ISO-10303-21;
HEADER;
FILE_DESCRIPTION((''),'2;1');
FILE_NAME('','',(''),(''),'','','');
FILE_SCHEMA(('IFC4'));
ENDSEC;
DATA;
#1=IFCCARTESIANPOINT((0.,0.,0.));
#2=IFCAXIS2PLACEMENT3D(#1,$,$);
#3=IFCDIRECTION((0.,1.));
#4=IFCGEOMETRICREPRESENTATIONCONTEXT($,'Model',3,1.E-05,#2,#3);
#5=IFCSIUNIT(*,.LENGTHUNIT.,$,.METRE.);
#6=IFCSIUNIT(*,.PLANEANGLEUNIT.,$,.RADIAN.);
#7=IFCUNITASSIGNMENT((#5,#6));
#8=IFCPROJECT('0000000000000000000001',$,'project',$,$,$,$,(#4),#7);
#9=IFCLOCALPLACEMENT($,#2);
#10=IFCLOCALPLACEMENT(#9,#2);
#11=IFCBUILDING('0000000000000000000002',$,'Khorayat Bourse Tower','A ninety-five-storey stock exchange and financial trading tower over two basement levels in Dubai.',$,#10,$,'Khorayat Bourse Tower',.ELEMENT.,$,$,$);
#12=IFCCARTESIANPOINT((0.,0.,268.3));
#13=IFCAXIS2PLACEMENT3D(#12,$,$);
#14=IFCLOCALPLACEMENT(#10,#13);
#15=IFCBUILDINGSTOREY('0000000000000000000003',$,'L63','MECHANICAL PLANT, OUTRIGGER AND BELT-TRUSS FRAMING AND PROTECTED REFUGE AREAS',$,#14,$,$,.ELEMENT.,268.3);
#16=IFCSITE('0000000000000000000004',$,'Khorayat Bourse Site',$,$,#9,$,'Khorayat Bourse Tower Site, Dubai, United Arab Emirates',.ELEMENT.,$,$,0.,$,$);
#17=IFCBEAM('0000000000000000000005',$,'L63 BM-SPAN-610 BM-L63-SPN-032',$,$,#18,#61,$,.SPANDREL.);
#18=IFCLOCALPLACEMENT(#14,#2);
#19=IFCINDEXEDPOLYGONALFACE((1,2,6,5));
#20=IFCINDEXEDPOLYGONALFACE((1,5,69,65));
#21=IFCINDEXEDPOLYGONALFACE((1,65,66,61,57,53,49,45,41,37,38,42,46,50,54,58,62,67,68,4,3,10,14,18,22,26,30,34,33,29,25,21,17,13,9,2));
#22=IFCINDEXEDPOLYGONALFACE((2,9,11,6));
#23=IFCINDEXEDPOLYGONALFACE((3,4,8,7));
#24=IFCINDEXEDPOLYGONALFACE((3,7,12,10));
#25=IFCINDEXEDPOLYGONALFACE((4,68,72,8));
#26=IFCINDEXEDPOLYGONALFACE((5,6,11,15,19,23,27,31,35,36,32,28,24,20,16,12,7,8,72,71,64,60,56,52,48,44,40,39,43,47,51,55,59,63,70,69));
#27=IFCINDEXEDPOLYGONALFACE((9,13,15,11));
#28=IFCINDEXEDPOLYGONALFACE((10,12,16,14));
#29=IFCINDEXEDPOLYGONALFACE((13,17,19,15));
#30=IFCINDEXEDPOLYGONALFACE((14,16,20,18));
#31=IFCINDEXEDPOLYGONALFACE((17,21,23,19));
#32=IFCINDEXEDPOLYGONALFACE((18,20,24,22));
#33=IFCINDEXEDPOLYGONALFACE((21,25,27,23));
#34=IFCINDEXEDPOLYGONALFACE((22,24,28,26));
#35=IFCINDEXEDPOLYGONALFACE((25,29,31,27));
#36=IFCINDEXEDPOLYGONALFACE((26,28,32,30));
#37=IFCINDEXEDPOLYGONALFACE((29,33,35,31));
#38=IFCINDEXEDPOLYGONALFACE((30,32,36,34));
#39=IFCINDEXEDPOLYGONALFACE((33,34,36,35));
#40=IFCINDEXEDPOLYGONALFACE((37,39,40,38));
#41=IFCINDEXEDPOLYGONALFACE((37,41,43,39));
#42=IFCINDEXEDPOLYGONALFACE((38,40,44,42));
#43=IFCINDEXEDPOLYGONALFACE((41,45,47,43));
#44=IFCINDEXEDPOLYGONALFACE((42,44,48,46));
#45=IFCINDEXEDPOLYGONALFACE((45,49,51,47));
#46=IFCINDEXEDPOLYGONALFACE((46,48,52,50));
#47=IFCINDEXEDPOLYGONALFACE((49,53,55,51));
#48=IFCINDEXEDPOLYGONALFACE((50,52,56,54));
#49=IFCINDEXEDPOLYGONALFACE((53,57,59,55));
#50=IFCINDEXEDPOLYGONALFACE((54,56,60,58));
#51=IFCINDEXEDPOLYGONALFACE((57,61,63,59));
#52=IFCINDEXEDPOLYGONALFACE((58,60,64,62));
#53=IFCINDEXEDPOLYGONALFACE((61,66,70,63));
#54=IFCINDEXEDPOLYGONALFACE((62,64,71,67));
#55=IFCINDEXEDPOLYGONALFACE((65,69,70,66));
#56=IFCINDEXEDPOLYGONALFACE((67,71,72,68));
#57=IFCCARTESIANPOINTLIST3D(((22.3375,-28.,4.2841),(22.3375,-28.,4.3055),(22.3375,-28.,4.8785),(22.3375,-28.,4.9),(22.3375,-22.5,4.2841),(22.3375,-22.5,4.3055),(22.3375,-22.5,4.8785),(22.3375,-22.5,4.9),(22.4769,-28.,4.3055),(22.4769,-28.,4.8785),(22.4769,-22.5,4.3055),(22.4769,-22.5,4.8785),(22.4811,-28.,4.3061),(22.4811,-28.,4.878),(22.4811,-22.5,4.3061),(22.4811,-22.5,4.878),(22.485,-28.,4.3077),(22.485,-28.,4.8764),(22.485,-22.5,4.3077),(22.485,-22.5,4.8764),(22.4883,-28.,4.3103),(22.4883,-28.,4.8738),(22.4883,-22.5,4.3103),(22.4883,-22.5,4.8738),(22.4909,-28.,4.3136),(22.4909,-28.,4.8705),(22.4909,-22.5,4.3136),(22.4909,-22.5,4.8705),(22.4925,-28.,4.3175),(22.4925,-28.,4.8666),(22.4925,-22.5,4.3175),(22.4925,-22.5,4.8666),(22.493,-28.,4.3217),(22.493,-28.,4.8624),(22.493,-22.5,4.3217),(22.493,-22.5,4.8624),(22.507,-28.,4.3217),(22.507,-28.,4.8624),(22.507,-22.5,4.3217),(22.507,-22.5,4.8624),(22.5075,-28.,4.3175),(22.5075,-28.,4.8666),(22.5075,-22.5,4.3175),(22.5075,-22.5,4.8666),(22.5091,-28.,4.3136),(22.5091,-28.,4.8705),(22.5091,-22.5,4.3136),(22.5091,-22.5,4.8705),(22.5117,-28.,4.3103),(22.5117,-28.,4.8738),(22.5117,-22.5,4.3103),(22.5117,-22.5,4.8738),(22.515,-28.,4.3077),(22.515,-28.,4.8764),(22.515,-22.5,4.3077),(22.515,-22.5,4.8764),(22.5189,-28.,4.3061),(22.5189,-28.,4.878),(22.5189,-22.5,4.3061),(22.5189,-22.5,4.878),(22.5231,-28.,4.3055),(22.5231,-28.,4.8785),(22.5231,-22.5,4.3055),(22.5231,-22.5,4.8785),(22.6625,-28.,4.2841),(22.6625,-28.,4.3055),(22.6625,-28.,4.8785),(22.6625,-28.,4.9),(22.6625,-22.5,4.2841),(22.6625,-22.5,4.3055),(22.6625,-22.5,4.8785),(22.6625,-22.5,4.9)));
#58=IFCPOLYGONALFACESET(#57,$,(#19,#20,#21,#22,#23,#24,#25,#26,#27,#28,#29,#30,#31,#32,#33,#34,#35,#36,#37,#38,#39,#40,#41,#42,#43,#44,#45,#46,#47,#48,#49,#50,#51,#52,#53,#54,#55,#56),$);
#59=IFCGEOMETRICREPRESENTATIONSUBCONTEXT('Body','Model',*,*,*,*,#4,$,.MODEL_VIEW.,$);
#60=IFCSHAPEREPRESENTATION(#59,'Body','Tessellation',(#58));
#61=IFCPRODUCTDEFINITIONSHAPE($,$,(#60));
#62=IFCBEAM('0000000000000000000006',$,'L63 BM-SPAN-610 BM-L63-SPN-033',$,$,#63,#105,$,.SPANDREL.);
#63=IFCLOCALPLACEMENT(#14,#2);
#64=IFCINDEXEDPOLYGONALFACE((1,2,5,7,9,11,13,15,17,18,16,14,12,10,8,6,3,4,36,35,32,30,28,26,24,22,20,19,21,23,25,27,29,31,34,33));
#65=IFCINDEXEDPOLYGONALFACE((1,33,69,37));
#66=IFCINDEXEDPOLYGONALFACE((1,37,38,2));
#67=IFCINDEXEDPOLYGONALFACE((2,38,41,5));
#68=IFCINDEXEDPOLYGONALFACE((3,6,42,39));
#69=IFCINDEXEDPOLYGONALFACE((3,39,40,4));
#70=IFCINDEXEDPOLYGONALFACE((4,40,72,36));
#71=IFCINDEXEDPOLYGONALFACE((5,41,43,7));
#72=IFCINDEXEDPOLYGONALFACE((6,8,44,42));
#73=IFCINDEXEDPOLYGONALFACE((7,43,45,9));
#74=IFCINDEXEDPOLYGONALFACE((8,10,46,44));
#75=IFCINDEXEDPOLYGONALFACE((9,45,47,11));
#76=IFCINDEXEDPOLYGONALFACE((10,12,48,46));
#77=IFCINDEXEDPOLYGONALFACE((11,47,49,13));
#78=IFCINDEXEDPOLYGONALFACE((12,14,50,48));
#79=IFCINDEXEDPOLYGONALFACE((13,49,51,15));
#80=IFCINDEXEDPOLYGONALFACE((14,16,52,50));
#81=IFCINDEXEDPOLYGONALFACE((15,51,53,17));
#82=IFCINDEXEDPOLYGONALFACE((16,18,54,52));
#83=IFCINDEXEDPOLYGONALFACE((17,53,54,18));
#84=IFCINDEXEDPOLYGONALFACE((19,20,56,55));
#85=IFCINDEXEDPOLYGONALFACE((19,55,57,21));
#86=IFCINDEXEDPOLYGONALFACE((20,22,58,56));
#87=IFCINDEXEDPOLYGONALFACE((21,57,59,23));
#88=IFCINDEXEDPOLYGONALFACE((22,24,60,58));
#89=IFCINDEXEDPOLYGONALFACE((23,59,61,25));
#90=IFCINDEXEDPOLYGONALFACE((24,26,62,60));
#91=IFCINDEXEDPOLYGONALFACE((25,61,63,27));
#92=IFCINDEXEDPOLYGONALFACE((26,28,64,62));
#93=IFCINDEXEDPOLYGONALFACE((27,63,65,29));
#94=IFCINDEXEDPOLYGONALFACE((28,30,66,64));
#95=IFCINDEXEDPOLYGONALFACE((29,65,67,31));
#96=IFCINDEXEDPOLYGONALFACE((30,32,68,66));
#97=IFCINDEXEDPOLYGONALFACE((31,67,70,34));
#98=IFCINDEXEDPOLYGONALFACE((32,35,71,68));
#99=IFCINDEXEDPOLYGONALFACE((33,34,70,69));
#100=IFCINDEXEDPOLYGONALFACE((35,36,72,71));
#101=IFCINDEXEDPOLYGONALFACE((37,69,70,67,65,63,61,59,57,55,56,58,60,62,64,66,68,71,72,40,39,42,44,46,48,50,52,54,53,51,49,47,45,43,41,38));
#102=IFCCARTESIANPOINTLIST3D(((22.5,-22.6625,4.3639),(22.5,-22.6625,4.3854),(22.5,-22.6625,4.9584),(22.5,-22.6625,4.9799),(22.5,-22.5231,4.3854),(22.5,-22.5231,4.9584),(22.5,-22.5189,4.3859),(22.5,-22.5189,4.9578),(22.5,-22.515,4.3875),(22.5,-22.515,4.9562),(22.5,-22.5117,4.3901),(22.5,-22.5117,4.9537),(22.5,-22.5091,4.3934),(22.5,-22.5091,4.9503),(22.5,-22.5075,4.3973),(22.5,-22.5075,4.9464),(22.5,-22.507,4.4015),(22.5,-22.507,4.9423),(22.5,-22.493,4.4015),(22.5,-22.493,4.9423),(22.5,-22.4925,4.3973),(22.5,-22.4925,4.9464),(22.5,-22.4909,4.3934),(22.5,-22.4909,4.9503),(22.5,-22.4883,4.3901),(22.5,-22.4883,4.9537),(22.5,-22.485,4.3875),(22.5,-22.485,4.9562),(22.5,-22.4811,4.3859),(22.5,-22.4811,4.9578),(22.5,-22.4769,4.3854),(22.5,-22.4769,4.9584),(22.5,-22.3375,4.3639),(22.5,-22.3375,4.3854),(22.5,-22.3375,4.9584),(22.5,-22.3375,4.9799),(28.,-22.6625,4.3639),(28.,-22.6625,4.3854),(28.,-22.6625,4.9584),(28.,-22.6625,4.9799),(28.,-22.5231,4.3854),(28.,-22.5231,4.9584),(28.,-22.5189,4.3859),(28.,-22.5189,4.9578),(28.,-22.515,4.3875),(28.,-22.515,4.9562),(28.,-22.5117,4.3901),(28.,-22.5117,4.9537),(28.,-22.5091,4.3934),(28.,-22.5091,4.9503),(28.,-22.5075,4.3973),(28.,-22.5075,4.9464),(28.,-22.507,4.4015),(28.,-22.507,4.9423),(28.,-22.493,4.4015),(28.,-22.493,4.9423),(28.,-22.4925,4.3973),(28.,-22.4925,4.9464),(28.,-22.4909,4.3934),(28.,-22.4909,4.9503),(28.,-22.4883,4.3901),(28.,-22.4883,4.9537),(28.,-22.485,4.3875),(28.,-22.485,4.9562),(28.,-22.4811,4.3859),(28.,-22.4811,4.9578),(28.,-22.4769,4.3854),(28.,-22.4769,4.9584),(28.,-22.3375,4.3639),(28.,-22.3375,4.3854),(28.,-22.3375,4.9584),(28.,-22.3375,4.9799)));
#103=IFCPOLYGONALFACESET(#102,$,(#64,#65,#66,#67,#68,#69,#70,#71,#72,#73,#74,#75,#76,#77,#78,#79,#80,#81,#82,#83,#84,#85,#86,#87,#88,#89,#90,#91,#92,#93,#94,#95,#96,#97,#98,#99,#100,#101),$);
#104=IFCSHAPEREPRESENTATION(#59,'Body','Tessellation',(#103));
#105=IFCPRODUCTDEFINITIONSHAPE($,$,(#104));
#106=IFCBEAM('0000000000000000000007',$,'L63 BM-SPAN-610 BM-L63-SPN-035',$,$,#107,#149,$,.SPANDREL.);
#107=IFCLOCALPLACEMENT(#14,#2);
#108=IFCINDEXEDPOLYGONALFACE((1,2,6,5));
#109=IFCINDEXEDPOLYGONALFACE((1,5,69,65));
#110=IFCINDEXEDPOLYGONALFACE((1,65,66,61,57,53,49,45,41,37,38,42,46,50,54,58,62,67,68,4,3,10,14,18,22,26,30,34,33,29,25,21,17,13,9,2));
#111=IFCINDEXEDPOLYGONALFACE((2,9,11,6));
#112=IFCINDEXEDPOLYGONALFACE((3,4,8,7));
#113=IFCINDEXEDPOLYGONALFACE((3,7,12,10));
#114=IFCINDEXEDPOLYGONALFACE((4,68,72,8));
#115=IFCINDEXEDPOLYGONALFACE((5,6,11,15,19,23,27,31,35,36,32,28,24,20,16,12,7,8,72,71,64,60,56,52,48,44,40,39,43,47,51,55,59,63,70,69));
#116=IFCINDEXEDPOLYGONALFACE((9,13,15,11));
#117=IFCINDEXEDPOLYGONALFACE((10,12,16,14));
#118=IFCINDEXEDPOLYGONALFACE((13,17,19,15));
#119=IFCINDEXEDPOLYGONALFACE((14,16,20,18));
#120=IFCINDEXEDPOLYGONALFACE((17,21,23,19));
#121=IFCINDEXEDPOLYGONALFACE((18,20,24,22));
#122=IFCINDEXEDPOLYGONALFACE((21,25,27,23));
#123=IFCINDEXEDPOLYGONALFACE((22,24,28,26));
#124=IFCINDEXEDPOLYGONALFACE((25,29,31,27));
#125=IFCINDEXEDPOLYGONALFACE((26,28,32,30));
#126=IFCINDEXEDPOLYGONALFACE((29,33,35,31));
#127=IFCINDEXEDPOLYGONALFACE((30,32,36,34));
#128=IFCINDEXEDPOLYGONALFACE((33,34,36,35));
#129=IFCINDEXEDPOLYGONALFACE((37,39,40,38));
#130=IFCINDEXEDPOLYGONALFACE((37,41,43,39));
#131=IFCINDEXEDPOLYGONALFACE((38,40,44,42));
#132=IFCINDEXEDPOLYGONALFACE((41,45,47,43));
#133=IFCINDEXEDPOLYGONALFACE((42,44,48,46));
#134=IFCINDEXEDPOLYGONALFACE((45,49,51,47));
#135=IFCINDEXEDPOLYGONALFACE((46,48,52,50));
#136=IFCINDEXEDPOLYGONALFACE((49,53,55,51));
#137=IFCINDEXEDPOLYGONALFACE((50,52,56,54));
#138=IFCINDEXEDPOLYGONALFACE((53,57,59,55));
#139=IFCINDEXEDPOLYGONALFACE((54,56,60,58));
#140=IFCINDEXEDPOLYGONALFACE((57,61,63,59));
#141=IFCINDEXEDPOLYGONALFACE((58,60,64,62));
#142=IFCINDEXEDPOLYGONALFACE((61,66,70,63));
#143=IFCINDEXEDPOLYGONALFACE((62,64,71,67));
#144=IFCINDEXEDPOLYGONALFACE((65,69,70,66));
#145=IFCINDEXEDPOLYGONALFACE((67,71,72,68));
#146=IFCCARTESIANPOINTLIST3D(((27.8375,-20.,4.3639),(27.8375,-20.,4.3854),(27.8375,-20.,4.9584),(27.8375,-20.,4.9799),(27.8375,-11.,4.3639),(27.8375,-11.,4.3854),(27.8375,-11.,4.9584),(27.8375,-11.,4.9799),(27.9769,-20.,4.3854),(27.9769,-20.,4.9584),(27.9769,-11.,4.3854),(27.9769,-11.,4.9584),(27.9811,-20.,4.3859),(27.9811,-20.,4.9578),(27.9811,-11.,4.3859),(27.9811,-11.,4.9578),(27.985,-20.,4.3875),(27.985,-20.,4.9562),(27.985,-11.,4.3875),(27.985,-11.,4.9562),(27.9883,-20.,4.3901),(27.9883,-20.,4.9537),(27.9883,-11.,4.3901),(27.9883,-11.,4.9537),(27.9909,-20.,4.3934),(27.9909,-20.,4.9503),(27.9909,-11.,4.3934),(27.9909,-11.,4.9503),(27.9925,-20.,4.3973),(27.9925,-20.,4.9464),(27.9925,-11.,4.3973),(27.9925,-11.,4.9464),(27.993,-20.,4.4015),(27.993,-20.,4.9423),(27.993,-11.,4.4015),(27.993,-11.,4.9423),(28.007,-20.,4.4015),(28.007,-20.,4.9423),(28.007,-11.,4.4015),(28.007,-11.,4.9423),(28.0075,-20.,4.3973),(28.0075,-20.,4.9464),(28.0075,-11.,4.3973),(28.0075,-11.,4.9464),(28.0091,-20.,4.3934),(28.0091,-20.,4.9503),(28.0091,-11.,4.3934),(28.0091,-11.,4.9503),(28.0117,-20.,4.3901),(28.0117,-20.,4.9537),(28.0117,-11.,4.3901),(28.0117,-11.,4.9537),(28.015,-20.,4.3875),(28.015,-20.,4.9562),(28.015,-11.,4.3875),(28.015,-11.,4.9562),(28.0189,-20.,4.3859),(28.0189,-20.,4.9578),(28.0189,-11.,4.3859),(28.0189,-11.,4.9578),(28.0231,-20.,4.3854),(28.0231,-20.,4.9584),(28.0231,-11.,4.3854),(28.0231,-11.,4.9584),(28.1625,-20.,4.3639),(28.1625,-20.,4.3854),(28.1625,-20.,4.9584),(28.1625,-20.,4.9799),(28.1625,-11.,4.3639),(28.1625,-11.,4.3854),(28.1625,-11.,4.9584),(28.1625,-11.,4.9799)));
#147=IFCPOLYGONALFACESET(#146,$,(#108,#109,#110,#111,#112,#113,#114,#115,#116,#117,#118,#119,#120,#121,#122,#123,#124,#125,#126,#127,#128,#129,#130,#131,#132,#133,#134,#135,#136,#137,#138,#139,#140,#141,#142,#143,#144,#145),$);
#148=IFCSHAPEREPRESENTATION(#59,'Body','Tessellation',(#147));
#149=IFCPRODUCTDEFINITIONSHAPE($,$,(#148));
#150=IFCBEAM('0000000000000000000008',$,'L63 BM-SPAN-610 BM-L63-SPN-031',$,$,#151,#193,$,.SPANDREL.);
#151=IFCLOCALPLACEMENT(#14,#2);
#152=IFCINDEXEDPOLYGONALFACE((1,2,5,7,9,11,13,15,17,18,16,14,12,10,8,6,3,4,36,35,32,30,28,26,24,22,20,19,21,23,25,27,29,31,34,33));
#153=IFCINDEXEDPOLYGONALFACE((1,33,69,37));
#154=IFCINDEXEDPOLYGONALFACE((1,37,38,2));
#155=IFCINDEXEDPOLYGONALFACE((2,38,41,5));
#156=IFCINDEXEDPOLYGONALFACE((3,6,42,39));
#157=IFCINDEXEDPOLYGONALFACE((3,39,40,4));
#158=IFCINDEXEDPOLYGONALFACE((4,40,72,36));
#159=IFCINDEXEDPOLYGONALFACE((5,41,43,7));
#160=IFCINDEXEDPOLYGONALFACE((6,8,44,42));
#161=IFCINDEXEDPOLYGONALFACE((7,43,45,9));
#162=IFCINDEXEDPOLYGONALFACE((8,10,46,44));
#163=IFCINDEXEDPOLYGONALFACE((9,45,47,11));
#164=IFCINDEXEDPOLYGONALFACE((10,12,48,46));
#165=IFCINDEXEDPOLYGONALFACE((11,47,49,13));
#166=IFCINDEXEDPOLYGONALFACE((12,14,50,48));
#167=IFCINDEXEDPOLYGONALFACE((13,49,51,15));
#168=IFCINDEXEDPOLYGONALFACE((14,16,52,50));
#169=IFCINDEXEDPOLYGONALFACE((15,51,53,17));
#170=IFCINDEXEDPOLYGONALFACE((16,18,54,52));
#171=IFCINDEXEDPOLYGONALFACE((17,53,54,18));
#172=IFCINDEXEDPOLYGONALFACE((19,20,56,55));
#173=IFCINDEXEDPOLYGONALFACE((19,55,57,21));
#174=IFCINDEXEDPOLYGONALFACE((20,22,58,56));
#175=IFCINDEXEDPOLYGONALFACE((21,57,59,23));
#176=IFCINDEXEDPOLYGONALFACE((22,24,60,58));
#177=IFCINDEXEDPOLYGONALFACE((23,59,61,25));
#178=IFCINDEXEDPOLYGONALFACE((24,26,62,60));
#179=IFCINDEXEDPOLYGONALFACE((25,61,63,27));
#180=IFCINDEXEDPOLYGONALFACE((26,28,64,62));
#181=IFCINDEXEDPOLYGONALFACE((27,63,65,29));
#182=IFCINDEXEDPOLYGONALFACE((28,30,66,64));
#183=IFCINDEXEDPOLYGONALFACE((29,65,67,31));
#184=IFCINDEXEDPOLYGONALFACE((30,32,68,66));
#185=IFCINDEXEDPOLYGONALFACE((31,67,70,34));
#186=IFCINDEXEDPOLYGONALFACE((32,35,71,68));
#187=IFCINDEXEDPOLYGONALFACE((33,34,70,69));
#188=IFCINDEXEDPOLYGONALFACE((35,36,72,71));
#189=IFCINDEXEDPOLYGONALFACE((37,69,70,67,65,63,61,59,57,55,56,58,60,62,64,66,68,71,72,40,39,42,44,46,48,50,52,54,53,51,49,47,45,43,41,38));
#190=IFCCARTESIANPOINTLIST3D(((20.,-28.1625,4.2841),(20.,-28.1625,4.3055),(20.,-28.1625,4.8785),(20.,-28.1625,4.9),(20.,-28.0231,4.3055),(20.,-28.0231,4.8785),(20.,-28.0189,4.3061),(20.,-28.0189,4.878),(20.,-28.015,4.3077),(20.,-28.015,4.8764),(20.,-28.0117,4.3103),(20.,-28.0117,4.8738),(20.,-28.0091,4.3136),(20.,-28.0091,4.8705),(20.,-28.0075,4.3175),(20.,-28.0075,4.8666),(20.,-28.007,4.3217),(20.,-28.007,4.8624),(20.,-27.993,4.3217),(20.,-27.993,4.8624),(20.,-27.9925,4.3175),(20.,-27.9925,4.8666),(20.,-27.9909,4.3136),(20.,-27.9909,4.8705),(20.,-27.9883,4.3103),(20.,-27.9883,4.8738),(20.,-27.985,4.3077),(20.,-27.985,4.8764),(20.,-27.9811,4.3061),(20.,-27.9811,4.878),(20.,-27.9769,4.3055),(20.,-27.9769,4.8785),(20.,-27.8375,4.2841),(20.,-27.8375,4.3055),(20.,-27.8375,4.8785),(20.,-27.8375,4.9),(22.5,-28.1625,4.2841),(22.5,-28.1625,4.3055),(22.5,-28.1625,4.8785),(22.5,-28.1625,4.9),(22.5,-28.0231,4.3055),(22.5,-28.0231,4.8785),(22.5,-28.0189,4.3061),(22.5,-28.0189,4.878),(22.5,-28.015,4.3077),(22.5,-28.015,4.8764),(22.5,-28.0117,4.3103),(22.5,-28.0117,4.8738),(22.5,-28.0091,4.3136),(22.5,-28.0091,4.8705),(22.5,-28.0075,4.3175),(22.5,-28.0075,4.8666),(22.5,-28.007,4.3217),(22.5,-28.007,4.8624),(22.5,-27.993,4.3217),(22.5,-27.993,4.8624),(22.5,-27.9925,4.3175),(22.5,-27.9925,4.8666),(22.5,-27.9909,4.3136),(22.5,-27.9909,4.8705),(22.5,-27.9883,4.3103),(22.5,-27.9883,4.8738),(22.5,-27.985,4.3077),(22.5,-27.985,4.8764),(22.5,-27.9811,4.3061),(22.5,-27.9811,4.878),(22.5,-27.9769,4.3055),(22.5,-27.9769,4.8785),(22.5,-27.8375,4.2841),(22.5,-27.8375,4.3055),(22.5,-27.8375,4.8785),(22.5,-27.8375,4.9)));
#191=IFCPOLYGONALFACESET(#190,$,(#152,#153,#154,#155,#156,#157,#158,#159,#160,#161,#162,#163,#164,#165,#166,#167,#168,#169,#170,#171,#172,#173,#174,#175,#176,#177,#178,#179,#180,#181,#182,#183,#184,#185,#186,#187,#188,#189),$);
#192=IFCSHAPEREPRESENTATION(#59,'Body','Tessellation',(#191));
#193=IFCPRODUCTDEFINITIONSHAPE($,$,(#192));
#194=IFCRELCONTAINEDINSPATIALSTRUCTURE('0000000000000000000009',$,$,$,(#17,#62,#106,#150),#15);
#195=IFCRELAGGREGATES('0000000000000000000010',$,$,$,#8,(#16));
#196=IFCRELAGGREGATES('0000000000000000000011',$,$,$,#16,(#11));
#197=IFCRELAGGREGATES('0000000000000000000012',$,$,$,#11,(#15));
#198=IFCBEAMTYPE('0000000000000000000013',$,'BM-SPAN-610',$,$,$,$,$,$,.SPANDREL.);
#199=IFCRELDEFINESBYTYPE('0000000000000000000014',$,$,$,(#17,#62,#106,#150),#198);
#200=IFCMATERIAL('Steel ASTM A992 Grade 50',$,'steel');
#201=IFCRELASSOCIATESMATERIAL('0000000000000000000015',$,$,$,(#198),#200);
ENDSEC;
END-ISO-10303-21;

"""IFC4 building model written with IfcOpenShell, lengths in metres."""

from ifc_helpers import new_model, si_unit, direction, frame, origin, origin_2d, place, context, subcontext, project, spatial, i_section, extrude, source, transform, mapped, material, material_profile, profile_set, type_object, element, save


model = new_model("IFC4")

# Units and contexts
model_context = context("Model", 3, precision=1e-05, world=origin(), true_north=direction((0.0, 1.0)))
body_context = subcontext(model_context, "Body", "Model", "MODEL_VIEW")
ifc_project = project(units=[si_unit("LENGTHUNIT", "METRE"), si_unit("PLANEANGLEUNIT", "RADIAN")], contexts=[model_context])

# Site, building, storey
site_placement = place(None, origin())
site = spatial("IfcSite", under=ifc_project, at=site_placement, Name="Khorayat Bourse Site", LongName="Khorayat Bourse Tower Site, Dubai, United Arab Emirates", CompositionType="ELEMENT", RefElevation=0.0)
building_placement = place(site_placement, origin())
building = spatial("IfcBuilding", under=site, at=building_placement, Name="Khorayat Bourse Tower", Description="A ninety-five-storey stock exchange and financial trading tower over two basement levels in Dubai.", LongName="Khorayat Bourse Tower", CompositionType="ELEMENT")
storey_placement = place(building_placement, frame((0.0, 0.0, 268.3)))
storey = spatial("IfcBuildingStorey", under=building, at=storey_placement, Name="L63", Description="MECHANICAL PLANT, OUTRIGGER AND BELT-TRUSS FRAMING AND PROTECTED REFUGE AREAS", CompositionType="ELEMENT", Elevation=268.3)

# Shared definitions
ifc_material_1 = material(Name="Steel ASTM A992 Grade 50", Category="steel")

# Beams
ifc_material_profile_1 = material_profile(ifc_material_1, i_section(OverallWidth=0.325, OverallDepth=0.616, WebThickness=0.0139, FlangeThickness=0.0215, FilletRadius=0.0161, at=origin_2d()), Name="W610X174")
ifc_profile_set_1 = profile_set([ifc_material_profile_1], Name="Steel ASTM A992 Grade 50")
beam_type_1 = type_object("IfcBeamType", Name="BM-SPAN-610", PredefinedType="SPANDREL", material=ifc_profile_set_1)
shared_shape_1 = source(origin(), body_context, "Body", "SweptSolid", [
    extrude(i_section(OverallWidth=0.325, OverallDepth=0.616, WebThickness=0.0139, FlangeThickness=0.0215, FilletRadius=0.0161, at=origin_2d()), origin(), (0.0, 0.0, 1.0), 5.5),
])
for number, where, z_axis, x_axis, name in (
    (1, (22.5, -28.0, 4.592), (0.0, 1.0, 0.0), (-1.0, 0.0, 0.0), "L63 BM-SPAN-610 BM-L63-SPN-032"),
    (2, (22.5, -22.5, 4.6719), (1.0, 0.0, 0.0), (0.0, 1.0, 0.0), "L63 BM-SPAN-610 BM-L63-SPN-033"),
):
    element("IfcBeam", number, at=place(storey_placement, frame(where, z_axis=z_axis, x_axis=x_axis)), inside=storey, type_object=beam_type_1, Name=name, PredefinedType="SPANDREL", context=body_context, shape_type="MappedRepresentation", body=[
        mapped(shared_shape_1, transform((0.0, 0.0, 0.0), scale=1.0)),
    ])
shared_shape_2 = source(origin(), body_context, "Body", "SweptSolid", [
    extrude(i_section(OverallWidth=0.325, OverallDepth=0.616, WebThickness=0.0139, FlangeThickness=0.0215, FilletRadius=0.0161, at=origin_2d()), origin(), (0.0, 0.0, 1.0), 9.0),
])
beam_1_placement = place(storey_placement, frame((28.0, -20.0, 4.6719), z_axis=(0.0, 1.0, 0.0), x_axis=(-1.0, 0.0, 0.0)))
element("IfcBeam", 3, at=beam_1_placement, inside=storey, type_object=beam_type_1, Name="L63 BM-SPAN-610 BM-L63-SPN-035", PredefinedType="SPANDREL", context=body_context, shape_type="MappedRepresentation", body=[
    mapped(shared_shape_2, transform((0.0, 0.0, 0.0), scale=1.0)),
])
shared_shape_3 = source(origin(), body_context, "Body", "SweptSolid", [
    extrude(i_section(OverallWidth=0.325, OverallDepth=0.616, WebThickness=0.0139, FlangeThickness=0.0215, FilletRadius=0.0161, at=origin_2d()), origin(), (0.0, 0.0, 1.0), 2.5),
])
for number, where, z_axis, x_axis, name in (
    (4, (20.0, -28.0, 4.592), (1.0, 0.0, 0.0), (0.0, 1.0, 0.0), "L63 BM-SPAN-610 BM-L63-SPN-031"),
):
    element("IfcBeam", number, at=place(storey_placement, frame(where, z_axis=z_axis, x_axis=x_axis)), inside=storey, type_object=beam_type_1, Name=name, PredefinedType="SPANDREL", context=body_context, shape_type="MappedRepresentation", body=[
        mapped(shared_shape_3, transform((0.0, 0.0, 0.0), scale=1.0)),
    ])

save(model, "model.ifc")
